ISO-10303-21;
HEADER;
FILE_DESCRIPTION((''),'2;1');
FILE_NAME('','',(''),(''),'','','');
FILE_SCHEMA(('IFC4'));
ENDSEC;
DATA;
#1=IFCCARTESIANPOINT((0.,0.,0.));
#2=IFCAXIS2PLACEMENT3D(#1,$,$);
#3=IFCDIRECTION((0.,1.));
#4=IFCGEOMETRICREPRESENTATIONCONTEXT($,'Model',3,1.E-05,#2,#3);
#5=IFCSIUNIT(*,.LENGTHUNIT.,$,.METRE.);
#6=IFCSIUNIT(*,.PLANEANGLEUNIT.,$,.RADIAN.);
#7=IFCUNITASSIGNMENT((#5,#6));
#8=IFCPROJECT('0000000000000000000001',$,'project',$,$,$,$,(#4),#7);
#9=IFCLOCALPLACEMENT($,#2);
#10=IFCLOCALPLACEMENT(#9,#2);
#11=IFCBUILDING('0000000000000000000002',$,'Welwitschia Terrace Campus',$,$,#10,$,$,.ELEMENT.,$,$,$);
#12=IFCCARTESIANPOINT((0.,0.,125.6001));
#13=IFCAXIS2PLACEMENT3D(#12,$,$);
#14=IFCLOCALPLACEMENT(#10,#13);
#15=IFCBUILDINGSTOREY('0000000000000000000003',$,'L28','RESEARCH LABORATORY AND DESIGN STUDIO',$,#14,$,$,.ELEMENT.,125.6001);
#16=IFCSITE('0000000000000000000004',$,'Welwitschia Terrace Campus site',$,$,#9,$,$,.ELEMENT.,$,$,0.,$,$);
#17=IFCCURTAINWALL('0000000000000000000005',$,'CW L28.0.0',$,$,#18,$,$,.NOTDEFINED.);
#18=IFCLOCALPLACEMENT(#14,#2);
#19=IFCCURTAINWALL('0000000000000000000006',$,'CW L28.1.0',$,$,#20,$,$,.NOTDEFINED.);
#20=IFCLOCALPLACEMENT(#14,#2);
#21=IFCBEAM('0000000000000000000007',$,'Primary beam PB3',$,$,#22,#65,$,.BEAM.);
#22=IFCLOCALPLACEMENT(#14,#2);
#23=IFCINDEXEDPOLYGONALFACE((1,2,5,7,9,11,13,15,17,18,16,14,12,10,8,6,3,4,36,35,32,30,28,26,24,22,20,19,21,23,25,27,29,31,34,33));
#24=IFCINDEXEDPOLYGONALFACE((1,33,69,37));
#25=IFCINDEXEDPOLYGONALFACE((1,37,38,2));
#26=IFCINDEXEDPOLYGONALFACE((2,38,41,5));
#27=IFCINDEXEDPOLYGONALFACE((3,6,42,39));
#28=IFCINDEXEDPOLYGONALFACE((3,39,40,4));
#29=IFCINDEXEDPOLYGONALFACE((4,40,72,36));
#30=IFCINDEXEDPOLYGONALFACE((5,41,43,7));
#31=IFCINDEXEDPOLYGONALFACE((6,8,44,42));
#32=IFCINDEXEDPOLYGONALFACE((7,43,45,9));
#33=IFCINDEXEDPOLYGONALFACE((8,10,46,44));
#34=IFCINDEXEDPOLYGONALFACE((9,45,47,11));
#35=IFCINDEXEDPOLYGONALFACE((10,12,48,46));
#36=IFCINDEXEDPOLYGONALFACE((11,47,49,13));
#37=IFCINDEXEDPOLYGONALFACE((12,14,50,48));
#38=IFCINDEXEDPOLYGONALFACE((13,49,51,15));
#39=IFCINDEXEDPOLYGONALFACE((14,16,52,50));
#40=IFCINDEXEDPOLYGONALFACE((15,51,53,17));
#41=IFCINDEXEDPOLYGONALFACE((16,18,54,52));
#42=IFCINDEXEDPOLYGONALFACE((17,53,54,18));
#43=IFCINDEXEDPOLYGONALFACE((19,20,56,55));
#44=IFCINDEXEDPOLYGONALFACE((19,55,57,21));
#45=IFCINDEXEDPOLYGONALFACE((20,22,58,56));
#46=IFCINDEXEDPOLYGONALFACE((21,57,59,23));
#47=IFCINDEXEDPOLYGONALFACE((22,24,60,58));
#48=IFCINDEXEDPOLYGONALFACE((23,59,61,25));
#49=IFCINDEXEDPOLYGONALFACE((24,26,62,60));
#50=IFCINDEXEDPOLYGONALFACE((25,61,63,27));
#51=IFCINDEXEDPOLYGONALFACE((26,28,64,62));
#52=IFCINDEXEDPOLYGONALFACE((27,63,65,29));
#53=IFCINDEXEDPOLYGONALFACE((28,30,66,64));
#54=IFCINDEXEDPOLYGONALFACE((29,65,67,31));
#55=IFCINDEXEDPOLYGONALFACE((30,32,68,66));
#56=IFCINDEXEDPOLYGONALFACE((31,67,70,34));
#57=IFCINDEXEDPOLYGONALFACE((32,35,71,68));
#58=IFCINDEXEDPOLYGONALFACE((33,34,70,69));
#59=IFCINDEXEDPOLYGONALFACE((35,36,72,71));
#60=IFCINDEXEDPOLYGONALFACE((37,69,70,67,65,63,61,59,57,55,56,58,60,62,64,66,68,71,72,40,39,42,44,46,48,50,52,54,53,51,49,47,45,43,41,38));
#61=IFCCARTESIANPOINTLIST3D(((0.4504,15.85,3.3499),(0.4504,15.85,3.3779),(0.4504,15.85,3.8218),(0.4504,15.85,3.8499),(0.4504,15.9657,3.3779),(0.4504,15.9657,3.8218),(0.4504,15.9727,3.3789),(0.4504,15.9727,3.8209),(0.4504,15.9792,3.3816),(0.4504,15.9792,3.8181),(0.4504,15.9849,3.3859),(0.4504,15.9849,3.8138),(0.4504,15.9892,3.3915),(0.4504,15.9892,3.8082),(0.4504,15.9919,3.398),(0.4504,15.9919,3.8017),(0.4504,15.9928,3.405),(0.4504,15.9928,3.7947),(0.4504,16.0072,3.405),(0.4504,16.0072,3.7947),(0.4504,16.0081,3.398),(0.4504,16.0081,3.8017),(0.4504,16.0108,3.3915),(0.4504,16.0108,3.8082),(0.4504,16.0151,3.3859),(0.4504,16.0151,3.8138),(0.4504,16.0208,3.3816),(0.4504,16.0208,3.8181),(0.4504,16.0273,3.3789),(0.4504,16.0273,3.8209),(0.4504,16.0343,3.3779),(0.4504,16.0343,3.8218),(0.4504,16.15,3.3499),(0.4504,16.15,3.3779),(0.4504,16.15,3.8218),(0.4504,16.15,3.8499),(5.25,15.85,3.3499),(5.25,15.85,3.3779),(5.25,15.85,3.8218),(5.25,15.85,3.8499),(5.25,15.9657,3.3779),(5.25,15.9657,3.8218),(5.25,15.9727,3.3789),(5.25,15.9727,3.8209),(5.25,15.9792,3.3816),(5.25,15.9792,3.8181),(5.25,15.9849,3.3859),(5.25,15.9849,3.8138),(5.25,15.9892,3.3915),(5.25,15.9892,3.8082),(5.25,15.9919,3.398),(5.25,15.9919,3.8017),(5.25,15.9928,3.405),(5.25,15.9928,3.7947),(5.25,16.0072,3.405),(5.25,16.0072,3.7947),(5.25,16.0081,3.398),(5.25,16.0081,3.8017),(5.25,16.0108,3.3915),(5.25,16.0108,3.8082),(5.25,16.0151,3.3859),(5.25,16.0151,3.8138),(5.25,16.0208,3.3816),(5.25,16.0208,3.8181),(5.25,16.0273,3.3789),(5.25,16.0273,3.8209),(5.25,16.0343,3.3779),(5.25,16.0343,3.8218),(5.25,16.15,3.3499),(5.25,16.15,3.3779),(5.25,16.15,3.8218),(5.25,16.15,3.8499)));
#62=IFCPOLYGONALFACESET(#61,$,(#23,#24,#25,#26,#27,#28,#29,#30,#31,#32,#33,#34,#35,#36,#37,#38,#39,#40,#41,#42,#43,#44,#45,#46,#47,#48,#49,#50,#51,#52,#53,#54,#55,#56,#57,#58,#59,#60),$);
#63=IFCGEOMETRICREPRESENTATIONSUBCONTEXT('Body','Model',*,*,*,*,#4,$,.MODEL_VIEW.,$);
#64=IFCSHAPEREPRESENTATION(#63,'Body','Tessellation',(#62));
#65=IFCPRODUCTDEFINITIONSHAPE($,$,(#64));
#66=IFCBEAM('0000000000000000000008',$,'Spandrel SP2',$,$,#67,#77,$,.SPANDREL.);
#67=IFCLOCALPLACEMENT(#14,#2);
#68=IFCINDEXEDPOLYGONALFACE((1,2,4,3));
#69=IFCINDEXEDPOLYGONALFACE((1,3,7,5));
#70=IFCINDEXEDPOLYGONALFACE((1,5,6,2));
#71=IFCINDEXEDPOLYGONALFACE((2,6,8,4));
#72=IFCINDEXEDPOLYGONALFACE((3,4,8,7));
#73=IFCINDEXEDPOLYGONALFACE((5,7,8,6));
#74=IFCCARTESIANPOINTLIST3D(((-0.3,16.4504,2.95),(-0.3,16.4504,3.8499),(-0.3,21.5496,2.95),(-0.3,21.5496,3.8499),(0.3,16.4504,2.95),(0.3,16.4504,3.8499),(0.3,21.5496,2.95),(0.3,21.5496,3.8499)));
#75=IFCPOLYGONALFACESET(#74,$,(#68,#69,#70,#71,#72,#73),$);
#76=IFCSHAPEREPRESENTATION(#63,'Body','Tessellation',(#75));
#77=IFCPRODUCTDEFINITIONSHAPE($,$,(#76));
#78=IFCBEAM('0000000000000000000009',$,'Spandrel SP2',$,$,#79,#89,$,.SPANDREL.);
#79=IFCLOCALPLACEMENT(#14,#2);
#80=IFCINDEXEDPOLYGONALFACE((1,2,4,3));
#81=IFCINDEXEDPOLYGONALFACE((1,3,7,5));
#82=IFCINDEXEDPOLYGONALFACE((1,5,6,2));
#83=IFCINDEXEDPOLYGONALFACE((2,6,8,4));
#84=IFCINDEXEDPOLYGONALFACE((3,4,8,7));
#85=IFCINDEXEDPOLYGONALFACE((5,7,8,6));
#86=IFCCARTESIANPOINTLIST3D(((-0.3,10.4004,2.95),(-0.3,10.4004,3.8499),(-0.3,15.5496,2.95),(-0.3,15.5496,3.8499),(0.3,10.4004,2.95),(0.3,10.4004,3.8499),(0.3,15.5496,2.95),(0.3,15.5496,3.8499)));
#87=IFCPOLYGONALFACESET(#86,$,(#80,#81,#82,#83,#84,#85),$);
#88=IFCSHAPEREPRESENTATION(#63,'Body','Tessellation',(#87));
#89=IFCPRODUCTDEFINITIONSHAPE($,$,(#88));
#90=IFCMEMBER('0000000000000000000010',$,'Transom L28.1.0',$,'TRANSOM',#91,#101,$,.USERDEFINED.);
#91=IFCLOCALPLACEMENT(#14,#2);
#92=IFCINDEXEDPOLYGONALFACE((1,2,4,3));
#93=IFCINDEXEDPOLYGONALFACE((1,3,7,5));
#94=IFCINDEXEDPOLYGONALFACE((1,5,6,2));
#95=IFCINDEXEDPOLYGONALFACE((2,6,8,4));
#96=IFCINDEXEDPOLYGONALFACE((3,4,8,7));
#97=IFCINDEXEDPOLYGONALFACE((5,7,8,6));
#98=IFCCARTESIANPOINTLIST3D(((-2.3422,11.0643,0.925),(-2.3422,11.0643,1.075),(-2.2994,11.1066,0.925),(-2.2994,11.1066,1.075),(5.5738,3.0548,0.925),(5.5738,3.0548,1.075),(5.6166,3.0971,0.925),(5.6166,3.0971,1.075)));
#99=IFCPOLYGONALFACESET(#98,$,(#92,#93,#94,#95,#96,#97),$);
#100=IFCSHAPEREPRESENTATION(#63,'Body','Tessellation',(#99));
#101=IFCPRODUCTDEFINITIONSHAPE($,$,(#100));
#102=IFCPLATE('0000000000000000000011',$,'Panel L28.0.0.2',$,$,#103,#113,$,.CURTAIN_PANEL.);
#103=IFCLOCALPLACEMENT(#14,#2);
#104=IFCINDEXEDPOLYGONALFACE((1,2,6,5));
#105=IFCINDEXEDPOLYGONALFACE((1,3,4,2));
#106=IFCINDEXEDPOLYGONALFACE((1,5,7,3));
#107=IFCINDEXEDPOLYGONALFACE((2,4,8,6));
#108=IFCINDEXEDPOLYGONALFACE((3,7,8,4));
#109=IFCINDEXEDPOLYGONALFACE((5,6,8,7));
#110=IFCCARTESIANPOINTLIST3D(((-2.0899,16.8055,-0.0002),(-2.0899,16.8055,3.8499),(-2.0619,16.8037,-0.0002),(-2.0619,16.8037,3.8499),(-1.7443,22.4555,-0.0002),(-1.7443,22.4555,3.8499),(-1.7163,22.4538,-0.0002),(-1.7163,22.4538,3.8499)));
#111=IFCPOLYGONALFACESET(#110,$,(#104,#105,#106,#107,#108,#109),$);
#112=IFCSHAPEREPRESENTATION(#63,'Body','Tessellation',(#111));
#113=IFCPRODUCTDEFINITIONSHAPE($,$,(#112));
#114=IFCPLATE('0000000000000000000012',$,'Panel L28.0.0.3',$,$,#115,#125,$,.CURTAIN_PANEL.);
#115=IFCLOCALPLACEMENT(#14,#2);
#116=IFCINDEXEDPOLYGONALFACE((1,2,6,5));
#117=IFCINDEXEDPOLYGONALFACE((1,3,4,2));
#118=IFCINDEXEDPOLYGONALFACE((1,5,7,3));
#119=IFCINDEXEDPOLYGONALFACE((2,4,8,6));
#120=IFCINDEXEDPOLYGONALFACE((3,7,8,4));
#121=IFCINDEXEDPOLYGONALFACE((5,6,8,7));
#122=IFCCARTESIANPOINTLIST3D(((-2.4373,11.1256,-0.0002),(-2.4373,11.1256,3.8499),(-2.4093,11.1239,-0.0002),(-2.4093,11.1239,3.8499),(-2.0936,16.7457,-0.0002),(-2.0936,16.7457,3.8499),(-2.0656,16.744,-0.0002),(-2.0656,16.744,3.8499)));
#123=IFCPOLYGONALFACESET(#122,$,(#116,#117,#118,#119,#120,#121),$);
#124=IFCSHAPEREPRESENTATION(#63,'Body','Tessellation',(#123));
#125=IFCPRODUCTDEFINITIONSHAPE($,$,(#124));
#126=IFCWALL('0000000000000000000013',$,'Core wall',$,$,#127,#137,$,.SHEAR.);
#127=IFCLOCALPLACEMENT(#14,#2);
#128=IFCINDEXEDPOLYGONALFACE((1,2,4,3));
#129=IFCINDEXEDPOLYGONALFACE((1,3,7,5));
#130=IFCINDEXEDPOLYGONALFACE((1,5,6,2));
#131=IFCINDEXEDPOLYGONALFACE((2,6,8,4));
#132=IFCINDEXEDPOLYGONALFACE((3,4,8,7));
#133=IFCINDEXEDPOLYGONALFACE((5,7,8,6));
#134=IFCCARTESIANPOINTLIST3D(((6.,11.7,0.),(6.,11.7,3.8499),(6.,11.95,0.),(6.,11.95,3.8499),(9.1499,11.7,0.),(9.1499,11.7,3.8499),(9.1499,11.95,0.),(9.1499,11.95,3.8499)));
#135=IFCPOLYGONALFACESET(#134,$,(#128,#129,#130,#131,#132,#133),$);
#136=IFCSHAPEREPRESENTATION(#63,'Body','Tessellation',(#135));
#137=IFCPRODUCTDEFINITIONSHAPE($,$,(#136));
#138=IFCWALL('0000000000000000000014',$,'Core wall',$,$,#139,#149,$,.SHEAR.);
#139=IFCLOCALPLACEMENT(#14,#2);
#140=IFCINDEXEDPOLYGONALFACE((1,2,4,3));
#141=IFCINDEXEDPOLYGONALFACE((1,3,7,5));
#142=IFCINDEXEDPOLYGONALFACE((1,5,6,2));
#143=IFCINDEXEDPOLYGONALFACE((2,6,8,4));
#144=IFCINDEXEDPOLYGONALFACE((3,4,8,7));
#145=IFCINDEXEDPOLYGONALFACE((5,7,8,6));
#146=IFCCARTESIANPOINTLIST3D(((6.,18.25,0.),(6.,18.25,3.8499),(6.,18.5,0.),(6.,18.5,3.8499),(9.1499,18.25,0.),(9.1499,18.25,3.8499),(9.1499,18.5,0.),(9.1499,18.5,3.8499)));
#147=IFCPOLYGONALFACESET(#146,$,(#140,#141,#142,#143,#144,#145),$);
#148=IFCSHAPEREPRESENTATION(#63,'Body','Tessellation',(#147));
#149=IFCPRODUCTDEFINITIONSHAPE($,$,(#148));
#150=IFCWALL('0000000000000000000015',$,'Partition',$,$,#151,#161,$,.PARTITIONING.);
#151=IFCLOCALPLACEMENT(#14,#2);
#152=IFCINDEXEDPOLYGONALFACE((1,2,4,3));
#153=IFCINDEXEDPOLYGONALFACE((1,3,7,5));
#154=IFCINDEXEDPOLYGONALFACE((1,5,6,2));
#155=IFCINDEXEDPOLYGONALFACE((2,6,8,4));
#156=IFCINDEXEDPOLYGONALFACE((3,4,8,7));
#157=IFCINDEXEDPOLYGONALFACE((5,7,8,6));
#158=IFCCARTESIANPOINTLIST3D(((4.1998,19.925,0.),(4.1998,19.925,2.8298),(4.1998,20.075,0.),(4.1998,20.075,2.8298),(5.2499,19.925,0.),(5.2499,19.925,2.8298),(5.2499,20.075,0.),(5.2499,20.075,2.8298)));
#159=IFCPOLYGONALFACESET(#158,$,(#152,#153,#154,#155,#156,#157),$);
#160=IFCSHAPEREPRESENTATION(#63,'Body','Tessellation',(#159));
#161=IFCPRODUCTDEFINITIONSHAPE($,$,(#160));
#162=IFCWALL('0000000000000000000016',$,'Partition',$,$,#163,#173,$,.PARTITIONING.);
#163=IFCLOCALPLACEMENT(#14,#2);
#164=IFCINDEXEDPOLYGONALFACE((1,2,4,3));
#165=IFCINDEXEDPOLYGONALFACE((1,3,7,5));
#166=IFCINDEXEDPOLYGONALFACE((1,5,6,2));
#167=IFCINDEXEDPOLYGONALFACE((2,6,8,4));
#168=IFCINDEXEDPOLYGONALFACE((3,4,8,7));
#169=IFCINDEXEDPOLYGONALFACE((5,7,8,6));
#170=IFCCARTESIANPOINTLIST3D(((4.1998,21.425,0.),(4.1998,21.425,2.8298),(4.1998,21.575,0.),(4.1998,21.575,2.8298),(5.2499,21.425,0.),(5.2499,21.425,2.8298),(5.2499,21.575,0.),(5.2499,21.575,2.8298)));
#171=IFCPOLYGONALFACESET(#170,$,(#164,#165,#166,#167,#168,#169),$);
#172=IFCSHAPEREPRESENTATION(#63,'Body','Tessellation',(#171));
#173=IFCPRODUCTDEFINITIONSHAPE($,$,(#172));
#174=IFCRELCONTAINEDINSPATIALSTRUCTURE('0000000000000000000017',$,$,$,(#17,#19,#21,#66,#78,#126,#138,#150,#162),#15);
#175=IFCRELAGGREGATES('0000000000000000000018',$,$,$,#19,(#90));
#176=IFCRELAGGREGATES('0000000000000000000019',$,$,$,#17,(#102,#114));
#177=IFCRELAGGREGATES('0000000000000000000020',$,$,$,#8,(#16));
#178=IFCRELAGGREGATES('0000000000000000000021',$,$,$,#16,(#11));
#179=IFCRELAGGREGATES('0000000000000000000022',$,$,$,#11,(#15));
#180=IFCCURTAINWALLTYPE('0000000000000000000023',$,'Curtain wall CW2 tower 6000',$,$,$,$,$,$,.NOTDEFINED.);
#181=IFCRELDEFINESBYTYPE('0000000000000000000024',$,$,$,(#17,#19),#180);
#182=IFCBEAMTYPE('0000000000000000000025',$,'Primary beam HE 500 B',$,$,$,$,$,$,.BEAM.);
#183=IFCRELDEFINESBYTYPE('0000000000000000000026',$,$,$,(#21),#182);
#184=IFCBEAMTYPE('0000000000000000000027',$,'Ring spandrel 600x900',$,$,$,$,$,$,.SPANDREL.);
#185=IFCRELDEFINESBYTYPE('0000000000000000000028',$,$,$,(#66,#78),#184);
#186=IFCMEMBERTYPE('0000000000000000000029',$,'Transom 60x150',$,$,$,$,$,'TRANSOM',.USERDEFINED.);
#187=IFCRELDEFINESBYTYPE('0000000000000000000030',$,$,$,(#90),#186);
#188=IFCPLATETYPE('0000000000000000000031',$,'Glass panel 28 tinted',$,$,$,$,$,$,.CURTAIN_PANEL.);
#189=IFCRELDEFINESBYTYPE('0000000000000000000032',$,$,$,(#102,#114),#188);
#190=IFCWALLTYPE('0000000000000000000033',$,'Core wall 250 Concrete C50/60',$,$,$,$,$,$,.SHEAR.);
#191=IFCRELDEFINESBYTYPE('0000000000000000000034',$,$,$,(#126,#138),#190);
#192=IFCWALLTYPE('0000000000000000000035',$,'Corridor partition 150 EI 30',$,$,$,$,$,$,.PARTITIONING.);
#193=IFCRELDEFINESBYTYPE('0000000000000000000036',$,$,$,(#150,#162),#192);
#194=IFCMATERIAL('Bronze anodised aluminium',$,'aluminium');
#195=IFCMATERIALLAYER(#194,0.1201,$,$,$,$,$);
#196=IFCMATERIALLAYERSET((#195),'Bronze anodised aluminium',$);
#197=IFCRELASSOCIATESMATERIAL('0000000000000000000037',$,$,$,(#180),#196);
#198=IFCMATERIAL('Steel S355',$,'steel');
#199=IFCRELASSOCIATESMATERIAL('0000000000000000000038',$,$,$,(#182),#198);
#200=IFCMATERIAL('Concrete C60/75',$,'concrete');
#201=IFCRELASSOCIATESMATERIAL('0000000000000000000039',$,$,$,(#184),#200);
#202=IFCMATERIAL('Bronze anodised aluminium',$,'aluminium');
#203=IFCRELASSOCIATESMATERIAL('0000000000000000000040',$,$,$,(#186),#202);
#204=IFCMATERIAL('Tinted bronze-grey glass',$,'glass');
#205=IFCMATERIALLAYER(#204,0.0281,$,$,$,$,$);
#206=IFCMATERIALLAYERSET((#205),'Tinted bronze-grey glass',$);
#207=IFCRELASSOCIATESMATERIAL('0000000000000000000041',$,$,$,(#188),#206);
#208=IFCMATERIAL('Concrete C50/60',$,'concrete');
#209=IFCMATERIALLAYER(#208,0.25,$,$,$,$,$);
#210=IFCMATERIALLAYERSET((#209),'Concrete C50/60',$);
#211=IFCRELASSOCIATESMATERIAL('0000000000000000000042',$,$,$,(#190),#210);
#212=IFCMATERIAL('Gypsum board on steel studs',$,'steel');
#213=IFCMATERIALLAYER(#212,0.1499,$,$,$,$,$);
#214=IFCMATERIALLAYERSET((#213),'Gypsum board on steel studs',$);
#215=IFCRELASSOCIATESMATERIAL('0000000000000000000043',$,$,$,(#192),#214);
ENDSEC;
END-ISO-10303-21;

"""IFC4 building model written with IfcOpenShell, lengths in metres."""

from ifc_helpers import new_model, si_unit, direction, frame, frame_2d, origin, origin_2d, place, context, subcontext, project, spatial, rectangle, i_section, extrude, material, layer, layer_set, material_profile, profile_set, type_object, element, aggregate, save


model = new_model("IFC4")

# Units and contexts
model_context = context("Model", 3, precision=1e-05, world=origin(), true_north=direction((0.0, 1.0)))
body_context = subcontext(model_context, "Body", "Model", "MODEL_VIEW")
ifc_project = project(units=[si_unit("LENGTHUNIT", "METRE"), si_unit("PLANEANGLEUNIT", "RADIAN")], contexts=[model_context])

# Site, building, storey
site_placement = place(None, origin())
site = spatial("IfcSite", under=ifc_project, at=site_placement, Name="Welwitschia Terrace Campus site", CompositionType="ELEMENT", RefElevation=0.0)
building_placement = place(site_placement, origin())
building = spatial("IfcBuilding", under=site, at=building_placement, Name="Welwitschia Terrace Campus", CompositionType="ELEMENT")
storey_placement = place(building_placement, frame((0.0, 0.0, 125.6001)))
storey = spatial("IfcBuildingStorey", under=building, at=storey_placement, Name="L28", Description="RESEARCH LABORATORY AND DESIGN STUDIO", CompositionType="ELEMENT", Elevation=125.6001)

# Curtain wall
ifc_material_1 = material(Name="Bronze anodised aluminium", Category="aluminium")
ifc_layer_1 = layer(ifc_material_1, 0.1201)
ifc_layer_set_1 = layer_set([ifc_layer_1], Name="Bronze anodised aluminium")
curtain_wall_type = type_object("IfcCurtainWallType", Name="Curtain wall CW2 tower 6000", PredefinedType="NOTDEFINED", material=ifc_layer_set_1)
curtain_wall_1_placement = place(storey_placement, origin())
curtain_wall_1 = element("IfcCurtainWall", 1, at=curtain_wall_1_placement, inside=storey, type_object=curtain_wall_type, Name="CW L28.0.0", PredefinedType="NOTDEFINED")

# Curtain wall
curtain_wall_2_placement = place(storey_placement, origin())
curtain_wall_2 = element("IfcCurtainWall", 2, at=curtain_wall_2_placement, inside=storey, type_object=curtain_wall_type, Name="CW L28.1.0", PredefinedType="NOTDEFINED")

# Beams
ifc_material_2 = material(Name="Steel S355", Category="steel")
ifc_material_profile_1 = material_profile(ifc_material_2, i_section(OverallWidth=0.3, OverallDepth=0.5, WebThickness=0.0144, FlangeThickness=0.0281, FilletRadius=0.0271, at=origin_2d()))
ifc_profile_set_1 = profile_set([ifc_material_profile_1], Name="Steel S355")
beam_type_1 = type_object("IfcBeamType", Name="Primary beam HE 500 B", PredefinedType="BEAM", material=ifc_profile_set_1)
beam_1_placement = place(storey_placement, frame((0.4504, 16.0, 3.5999), z_axis=(1.0, 0.0, 0.0), x_axis=(0.0, 1.0, 0.0)))
element("IfcBeam", 3, at=beam_1_placement, inside=storey, type_object=beam_type_1, Name="Primary beam PB3", PredefinedType="BEAM", context=body_context, shape_type="SweptSolid", body=[
    extrude(i_section(OverallWidth=0.3, OverallDepth=0.5, WebThickness=0.0144, FlangeThickness=0.0281, FilletRadius=0.0271, at=origin_2d()), origin(), (0.0, 0.0, 1.0), 4.7996),
])
ifc_material_3 = material(Name="Concrete C60/75", Category="concrete")
ifc_material_profile_2 = material_profile(ifc_material_3, rectangle(XDim=0.6001, YDim=0.8999, at=origin_2d()))
ifc_profile_set_2 = profile_set([ifc_material_profile_2], Name="Concrete C60/75")
beam_type_2 = type_object("IfcBeamType", Name="Ring spandrel 600x900", PredefinedType="SPANDREL", material=ifc_profile_set_2)
beam_2_placement = place(storey_placement, frame((0.0, 21.5496, 3.3999), z_axis=(0.0, -1.0, 0.0), x_axis=(1.0, 0.0, 0.0)))
element("IfcBeam", 4, at=beam_2_placement, inside=storey, type_object=beam_type_2, Name="Spandrel SP2", PredefinedType="SPANDREL", context=body_context, shape_type="SweptSolid", body=[
    extrude(rectangle(XDim=0.6001, YDim=0.8999, at=origin_2d()), origin(), (0.0, 0.0, 1.0), 5.0991),
])
beam_3_placement = place(storey_placement, frame((0.0, 15.5496, 3.3999), z_axis=(0.0, -1.0, 0.0), x_axis=(1.0, 0.0, 0.0)))
element("IfcBeam", 5, at=beam_3_placement, inside=storey, type_object=beam_type_2, Name="Spandrel SP2", PredefinedType="SPANDREL", context=body_context, shape_type="SweptSolid", body=[
    extrude(rectangle(XDim=0.6001, YDim=0.8999, at=origin_2d()), origin(), (0.0, 0.0, 1.0), 5.1492),
])

# Member
ifc_material_4 = material(Name="Bronze anodised aluminium", Category="aluminium")
ifc_material_profile_3 = material_profile(ifc_material_4, rectangle(XDim=0.0601, YDim=0.1499, at=origin_2d()))
ifc_profile_set_3 = profile_set([ifc_material_profile_3], Name="Bronze anodised aluminium")
member_type_1 = type_object("IfcMemberType", Name="Transom 60x150", ElementType="TRANSOM", PredefinedType="USERDEFINED", material=ifc_profile_set_3)
member_1_placement = place(storey_placement, frame((-2.3208, 11.0854, 1.0), z_axis=(0.702943, -0.711246, 0.0), x_axis=(0.711246, 0.702943, 0.0)))
member_1 = element("IfcMember", 6, at=member_1_placement, type_object=member_type_1, Name="Transom L28.1.0", ObjectType="TRANSOM", PredefinedType="USERDEFINED", context=body_context, shape_type="SweptSolid", body=[
    extrude(rectangle(XDim=0.0601, YDim=0.1499, at=origin_2d()), origin(), (0.0, 0.0, 1.0), 11.2612),
])
aggregate(curtain_wall_2, [member_1])

# Plates
ifc_material_5 = material(Name="Tinted bronze-grey glass", Category="glass")
ifc_layer_2 = layer(ifc_material_5, 0.0281)
ifc_layer_set_2 = layer_set([ifc_layer_2], Name="Tinted bronze-grey glass")
plate_type = type_object("IfcPlateType", Name="Glass panel 28 tinted", PredefinedType="CURTAIN_PANEL", material=ifc_layer_set_2)
plate_1_placement = place(storey_placement, frame((-1.9031, 19.6296, -0.0002), z_axis=(0.0, 0.0, 1.0), x_axis=(-0.061049, -0.998135, 0.0)))
plate_1 = element("IfcPlate", 7, at=plate_1_placement, type_object=plate_type, Name="Panel L28.0.0.2", PredefinedType="CURTAIN_PANEL", context=body_context, shape_type="SweptSolid", body=[
    extrude(rectangle(XDim=5.6606, YDim=0.0281, at=origin_2d()), origin(), (0.0, 0.0, 1.0), 3.8501),
])
plate_2_placement = place(storey_placement, frame((-2.2515, 13.9348, -0.0002), z_axis=(0.0, 0.0, 1.0), x_axis=(-0.061049, -0.998135, 0.0)))
plate_2 = element("IfcPlate", 8, at=plate_2_placement, type_object=plate_type, Name="Panel L28.0.0.3", PredefinedType="CURTAIN_PANEL", context=body_context, shape_type="SweptSolid", body=[
    extrude(rectangle(XDim=5.6306, YDim=0.0281, at=origin_2d()), origin(), (0.0, 0.0, 1.0), 3.8501),
])
aggregate(curtain_wall_1, [plate_1, plate_2])

# Walls
ifc_material_6 = material(Name="Concrete C50/60", Category="concrete")
ifc_layer_3 = layer(ifc_material_6, 0.25)
ifc_layer_set_3 = layer_set([ifc_layer_3], Name="Concrete C50/60")
wall_type_1 = type_object("IfcWallType", Name="Core wall 250 Concrete C50/60", PredefinedType="SHEAR", material=ifc_layer_set_3)
for number, where, z_axis, x_axis, name in (
    (9, (6.0, 11.825, 0.0), (0.0, 0.0, 1.0), (1.0, 0.0, 0.0), "Core wall"),
    (10, (6.0, 18.375, 0.0), (0.0, 0.0, 1.0), (1.0, 0.0, 0.0), "Core wall"),
):
    element("IfcWall", number, at=place(storey_placement, frame(where, z_axis=z_axis, x_axis=x_axis)), inside=storey, type_object=wall_type_1, Name=name, PredefinedType="SHEAR", context=body_context, shape_type="SweptSolid", body=[
        extrude(rectangle(XDim=3.1499, YDim=0.25, at=frame_2d((1.575, 0.0))), origin(), (0.0, 0.0, 1.0), 3.8499),
    ])
ifc_material_7 = material(Name="Gypsum board on steel studs", Category="steel")
ifc_layer_4 = layer(ifc_material_7, 0.1499)
ifc_layer_set_4 = layer_set([ifc_layer_4], Name="Gypsum board on steel studs")
wall_type_2 = type_object("IfcWallType", Name="Corridor partition 150 EI 30", PredefinedType="PARTITIONING", material=ifc_layer_set_4)
for number, where, z_axis, x_axis, name in (
    (11, (4.2, 20.0, 0.0), (0.0, 0.0, 1.0), (1.0, 0.0, 0.0), "Partition"),
    (12, (4.2, 21.5, 0.0), (0.0, 0.0, 1.0), (1.0, 0.0, 0.0), "Partition"),
):
    element("IfcWall", number, at=place(storey_placement, frame(where, z_axis=z_axis, x_axis=x_axis)), inside=storey, type_object=wall_type_2, Name=name, PredefinedType="PARTITIONING", context=body_context, shape_type="SweptSolid", body=[
        extrude(rectangle(XDim=1.05, YDim=0.1499, at=frame_2d((0.5249, 0.0))), origin(), (0.0, 0.0, 1.0), 2.8298),
    ])

save(model, "model.ifc")
